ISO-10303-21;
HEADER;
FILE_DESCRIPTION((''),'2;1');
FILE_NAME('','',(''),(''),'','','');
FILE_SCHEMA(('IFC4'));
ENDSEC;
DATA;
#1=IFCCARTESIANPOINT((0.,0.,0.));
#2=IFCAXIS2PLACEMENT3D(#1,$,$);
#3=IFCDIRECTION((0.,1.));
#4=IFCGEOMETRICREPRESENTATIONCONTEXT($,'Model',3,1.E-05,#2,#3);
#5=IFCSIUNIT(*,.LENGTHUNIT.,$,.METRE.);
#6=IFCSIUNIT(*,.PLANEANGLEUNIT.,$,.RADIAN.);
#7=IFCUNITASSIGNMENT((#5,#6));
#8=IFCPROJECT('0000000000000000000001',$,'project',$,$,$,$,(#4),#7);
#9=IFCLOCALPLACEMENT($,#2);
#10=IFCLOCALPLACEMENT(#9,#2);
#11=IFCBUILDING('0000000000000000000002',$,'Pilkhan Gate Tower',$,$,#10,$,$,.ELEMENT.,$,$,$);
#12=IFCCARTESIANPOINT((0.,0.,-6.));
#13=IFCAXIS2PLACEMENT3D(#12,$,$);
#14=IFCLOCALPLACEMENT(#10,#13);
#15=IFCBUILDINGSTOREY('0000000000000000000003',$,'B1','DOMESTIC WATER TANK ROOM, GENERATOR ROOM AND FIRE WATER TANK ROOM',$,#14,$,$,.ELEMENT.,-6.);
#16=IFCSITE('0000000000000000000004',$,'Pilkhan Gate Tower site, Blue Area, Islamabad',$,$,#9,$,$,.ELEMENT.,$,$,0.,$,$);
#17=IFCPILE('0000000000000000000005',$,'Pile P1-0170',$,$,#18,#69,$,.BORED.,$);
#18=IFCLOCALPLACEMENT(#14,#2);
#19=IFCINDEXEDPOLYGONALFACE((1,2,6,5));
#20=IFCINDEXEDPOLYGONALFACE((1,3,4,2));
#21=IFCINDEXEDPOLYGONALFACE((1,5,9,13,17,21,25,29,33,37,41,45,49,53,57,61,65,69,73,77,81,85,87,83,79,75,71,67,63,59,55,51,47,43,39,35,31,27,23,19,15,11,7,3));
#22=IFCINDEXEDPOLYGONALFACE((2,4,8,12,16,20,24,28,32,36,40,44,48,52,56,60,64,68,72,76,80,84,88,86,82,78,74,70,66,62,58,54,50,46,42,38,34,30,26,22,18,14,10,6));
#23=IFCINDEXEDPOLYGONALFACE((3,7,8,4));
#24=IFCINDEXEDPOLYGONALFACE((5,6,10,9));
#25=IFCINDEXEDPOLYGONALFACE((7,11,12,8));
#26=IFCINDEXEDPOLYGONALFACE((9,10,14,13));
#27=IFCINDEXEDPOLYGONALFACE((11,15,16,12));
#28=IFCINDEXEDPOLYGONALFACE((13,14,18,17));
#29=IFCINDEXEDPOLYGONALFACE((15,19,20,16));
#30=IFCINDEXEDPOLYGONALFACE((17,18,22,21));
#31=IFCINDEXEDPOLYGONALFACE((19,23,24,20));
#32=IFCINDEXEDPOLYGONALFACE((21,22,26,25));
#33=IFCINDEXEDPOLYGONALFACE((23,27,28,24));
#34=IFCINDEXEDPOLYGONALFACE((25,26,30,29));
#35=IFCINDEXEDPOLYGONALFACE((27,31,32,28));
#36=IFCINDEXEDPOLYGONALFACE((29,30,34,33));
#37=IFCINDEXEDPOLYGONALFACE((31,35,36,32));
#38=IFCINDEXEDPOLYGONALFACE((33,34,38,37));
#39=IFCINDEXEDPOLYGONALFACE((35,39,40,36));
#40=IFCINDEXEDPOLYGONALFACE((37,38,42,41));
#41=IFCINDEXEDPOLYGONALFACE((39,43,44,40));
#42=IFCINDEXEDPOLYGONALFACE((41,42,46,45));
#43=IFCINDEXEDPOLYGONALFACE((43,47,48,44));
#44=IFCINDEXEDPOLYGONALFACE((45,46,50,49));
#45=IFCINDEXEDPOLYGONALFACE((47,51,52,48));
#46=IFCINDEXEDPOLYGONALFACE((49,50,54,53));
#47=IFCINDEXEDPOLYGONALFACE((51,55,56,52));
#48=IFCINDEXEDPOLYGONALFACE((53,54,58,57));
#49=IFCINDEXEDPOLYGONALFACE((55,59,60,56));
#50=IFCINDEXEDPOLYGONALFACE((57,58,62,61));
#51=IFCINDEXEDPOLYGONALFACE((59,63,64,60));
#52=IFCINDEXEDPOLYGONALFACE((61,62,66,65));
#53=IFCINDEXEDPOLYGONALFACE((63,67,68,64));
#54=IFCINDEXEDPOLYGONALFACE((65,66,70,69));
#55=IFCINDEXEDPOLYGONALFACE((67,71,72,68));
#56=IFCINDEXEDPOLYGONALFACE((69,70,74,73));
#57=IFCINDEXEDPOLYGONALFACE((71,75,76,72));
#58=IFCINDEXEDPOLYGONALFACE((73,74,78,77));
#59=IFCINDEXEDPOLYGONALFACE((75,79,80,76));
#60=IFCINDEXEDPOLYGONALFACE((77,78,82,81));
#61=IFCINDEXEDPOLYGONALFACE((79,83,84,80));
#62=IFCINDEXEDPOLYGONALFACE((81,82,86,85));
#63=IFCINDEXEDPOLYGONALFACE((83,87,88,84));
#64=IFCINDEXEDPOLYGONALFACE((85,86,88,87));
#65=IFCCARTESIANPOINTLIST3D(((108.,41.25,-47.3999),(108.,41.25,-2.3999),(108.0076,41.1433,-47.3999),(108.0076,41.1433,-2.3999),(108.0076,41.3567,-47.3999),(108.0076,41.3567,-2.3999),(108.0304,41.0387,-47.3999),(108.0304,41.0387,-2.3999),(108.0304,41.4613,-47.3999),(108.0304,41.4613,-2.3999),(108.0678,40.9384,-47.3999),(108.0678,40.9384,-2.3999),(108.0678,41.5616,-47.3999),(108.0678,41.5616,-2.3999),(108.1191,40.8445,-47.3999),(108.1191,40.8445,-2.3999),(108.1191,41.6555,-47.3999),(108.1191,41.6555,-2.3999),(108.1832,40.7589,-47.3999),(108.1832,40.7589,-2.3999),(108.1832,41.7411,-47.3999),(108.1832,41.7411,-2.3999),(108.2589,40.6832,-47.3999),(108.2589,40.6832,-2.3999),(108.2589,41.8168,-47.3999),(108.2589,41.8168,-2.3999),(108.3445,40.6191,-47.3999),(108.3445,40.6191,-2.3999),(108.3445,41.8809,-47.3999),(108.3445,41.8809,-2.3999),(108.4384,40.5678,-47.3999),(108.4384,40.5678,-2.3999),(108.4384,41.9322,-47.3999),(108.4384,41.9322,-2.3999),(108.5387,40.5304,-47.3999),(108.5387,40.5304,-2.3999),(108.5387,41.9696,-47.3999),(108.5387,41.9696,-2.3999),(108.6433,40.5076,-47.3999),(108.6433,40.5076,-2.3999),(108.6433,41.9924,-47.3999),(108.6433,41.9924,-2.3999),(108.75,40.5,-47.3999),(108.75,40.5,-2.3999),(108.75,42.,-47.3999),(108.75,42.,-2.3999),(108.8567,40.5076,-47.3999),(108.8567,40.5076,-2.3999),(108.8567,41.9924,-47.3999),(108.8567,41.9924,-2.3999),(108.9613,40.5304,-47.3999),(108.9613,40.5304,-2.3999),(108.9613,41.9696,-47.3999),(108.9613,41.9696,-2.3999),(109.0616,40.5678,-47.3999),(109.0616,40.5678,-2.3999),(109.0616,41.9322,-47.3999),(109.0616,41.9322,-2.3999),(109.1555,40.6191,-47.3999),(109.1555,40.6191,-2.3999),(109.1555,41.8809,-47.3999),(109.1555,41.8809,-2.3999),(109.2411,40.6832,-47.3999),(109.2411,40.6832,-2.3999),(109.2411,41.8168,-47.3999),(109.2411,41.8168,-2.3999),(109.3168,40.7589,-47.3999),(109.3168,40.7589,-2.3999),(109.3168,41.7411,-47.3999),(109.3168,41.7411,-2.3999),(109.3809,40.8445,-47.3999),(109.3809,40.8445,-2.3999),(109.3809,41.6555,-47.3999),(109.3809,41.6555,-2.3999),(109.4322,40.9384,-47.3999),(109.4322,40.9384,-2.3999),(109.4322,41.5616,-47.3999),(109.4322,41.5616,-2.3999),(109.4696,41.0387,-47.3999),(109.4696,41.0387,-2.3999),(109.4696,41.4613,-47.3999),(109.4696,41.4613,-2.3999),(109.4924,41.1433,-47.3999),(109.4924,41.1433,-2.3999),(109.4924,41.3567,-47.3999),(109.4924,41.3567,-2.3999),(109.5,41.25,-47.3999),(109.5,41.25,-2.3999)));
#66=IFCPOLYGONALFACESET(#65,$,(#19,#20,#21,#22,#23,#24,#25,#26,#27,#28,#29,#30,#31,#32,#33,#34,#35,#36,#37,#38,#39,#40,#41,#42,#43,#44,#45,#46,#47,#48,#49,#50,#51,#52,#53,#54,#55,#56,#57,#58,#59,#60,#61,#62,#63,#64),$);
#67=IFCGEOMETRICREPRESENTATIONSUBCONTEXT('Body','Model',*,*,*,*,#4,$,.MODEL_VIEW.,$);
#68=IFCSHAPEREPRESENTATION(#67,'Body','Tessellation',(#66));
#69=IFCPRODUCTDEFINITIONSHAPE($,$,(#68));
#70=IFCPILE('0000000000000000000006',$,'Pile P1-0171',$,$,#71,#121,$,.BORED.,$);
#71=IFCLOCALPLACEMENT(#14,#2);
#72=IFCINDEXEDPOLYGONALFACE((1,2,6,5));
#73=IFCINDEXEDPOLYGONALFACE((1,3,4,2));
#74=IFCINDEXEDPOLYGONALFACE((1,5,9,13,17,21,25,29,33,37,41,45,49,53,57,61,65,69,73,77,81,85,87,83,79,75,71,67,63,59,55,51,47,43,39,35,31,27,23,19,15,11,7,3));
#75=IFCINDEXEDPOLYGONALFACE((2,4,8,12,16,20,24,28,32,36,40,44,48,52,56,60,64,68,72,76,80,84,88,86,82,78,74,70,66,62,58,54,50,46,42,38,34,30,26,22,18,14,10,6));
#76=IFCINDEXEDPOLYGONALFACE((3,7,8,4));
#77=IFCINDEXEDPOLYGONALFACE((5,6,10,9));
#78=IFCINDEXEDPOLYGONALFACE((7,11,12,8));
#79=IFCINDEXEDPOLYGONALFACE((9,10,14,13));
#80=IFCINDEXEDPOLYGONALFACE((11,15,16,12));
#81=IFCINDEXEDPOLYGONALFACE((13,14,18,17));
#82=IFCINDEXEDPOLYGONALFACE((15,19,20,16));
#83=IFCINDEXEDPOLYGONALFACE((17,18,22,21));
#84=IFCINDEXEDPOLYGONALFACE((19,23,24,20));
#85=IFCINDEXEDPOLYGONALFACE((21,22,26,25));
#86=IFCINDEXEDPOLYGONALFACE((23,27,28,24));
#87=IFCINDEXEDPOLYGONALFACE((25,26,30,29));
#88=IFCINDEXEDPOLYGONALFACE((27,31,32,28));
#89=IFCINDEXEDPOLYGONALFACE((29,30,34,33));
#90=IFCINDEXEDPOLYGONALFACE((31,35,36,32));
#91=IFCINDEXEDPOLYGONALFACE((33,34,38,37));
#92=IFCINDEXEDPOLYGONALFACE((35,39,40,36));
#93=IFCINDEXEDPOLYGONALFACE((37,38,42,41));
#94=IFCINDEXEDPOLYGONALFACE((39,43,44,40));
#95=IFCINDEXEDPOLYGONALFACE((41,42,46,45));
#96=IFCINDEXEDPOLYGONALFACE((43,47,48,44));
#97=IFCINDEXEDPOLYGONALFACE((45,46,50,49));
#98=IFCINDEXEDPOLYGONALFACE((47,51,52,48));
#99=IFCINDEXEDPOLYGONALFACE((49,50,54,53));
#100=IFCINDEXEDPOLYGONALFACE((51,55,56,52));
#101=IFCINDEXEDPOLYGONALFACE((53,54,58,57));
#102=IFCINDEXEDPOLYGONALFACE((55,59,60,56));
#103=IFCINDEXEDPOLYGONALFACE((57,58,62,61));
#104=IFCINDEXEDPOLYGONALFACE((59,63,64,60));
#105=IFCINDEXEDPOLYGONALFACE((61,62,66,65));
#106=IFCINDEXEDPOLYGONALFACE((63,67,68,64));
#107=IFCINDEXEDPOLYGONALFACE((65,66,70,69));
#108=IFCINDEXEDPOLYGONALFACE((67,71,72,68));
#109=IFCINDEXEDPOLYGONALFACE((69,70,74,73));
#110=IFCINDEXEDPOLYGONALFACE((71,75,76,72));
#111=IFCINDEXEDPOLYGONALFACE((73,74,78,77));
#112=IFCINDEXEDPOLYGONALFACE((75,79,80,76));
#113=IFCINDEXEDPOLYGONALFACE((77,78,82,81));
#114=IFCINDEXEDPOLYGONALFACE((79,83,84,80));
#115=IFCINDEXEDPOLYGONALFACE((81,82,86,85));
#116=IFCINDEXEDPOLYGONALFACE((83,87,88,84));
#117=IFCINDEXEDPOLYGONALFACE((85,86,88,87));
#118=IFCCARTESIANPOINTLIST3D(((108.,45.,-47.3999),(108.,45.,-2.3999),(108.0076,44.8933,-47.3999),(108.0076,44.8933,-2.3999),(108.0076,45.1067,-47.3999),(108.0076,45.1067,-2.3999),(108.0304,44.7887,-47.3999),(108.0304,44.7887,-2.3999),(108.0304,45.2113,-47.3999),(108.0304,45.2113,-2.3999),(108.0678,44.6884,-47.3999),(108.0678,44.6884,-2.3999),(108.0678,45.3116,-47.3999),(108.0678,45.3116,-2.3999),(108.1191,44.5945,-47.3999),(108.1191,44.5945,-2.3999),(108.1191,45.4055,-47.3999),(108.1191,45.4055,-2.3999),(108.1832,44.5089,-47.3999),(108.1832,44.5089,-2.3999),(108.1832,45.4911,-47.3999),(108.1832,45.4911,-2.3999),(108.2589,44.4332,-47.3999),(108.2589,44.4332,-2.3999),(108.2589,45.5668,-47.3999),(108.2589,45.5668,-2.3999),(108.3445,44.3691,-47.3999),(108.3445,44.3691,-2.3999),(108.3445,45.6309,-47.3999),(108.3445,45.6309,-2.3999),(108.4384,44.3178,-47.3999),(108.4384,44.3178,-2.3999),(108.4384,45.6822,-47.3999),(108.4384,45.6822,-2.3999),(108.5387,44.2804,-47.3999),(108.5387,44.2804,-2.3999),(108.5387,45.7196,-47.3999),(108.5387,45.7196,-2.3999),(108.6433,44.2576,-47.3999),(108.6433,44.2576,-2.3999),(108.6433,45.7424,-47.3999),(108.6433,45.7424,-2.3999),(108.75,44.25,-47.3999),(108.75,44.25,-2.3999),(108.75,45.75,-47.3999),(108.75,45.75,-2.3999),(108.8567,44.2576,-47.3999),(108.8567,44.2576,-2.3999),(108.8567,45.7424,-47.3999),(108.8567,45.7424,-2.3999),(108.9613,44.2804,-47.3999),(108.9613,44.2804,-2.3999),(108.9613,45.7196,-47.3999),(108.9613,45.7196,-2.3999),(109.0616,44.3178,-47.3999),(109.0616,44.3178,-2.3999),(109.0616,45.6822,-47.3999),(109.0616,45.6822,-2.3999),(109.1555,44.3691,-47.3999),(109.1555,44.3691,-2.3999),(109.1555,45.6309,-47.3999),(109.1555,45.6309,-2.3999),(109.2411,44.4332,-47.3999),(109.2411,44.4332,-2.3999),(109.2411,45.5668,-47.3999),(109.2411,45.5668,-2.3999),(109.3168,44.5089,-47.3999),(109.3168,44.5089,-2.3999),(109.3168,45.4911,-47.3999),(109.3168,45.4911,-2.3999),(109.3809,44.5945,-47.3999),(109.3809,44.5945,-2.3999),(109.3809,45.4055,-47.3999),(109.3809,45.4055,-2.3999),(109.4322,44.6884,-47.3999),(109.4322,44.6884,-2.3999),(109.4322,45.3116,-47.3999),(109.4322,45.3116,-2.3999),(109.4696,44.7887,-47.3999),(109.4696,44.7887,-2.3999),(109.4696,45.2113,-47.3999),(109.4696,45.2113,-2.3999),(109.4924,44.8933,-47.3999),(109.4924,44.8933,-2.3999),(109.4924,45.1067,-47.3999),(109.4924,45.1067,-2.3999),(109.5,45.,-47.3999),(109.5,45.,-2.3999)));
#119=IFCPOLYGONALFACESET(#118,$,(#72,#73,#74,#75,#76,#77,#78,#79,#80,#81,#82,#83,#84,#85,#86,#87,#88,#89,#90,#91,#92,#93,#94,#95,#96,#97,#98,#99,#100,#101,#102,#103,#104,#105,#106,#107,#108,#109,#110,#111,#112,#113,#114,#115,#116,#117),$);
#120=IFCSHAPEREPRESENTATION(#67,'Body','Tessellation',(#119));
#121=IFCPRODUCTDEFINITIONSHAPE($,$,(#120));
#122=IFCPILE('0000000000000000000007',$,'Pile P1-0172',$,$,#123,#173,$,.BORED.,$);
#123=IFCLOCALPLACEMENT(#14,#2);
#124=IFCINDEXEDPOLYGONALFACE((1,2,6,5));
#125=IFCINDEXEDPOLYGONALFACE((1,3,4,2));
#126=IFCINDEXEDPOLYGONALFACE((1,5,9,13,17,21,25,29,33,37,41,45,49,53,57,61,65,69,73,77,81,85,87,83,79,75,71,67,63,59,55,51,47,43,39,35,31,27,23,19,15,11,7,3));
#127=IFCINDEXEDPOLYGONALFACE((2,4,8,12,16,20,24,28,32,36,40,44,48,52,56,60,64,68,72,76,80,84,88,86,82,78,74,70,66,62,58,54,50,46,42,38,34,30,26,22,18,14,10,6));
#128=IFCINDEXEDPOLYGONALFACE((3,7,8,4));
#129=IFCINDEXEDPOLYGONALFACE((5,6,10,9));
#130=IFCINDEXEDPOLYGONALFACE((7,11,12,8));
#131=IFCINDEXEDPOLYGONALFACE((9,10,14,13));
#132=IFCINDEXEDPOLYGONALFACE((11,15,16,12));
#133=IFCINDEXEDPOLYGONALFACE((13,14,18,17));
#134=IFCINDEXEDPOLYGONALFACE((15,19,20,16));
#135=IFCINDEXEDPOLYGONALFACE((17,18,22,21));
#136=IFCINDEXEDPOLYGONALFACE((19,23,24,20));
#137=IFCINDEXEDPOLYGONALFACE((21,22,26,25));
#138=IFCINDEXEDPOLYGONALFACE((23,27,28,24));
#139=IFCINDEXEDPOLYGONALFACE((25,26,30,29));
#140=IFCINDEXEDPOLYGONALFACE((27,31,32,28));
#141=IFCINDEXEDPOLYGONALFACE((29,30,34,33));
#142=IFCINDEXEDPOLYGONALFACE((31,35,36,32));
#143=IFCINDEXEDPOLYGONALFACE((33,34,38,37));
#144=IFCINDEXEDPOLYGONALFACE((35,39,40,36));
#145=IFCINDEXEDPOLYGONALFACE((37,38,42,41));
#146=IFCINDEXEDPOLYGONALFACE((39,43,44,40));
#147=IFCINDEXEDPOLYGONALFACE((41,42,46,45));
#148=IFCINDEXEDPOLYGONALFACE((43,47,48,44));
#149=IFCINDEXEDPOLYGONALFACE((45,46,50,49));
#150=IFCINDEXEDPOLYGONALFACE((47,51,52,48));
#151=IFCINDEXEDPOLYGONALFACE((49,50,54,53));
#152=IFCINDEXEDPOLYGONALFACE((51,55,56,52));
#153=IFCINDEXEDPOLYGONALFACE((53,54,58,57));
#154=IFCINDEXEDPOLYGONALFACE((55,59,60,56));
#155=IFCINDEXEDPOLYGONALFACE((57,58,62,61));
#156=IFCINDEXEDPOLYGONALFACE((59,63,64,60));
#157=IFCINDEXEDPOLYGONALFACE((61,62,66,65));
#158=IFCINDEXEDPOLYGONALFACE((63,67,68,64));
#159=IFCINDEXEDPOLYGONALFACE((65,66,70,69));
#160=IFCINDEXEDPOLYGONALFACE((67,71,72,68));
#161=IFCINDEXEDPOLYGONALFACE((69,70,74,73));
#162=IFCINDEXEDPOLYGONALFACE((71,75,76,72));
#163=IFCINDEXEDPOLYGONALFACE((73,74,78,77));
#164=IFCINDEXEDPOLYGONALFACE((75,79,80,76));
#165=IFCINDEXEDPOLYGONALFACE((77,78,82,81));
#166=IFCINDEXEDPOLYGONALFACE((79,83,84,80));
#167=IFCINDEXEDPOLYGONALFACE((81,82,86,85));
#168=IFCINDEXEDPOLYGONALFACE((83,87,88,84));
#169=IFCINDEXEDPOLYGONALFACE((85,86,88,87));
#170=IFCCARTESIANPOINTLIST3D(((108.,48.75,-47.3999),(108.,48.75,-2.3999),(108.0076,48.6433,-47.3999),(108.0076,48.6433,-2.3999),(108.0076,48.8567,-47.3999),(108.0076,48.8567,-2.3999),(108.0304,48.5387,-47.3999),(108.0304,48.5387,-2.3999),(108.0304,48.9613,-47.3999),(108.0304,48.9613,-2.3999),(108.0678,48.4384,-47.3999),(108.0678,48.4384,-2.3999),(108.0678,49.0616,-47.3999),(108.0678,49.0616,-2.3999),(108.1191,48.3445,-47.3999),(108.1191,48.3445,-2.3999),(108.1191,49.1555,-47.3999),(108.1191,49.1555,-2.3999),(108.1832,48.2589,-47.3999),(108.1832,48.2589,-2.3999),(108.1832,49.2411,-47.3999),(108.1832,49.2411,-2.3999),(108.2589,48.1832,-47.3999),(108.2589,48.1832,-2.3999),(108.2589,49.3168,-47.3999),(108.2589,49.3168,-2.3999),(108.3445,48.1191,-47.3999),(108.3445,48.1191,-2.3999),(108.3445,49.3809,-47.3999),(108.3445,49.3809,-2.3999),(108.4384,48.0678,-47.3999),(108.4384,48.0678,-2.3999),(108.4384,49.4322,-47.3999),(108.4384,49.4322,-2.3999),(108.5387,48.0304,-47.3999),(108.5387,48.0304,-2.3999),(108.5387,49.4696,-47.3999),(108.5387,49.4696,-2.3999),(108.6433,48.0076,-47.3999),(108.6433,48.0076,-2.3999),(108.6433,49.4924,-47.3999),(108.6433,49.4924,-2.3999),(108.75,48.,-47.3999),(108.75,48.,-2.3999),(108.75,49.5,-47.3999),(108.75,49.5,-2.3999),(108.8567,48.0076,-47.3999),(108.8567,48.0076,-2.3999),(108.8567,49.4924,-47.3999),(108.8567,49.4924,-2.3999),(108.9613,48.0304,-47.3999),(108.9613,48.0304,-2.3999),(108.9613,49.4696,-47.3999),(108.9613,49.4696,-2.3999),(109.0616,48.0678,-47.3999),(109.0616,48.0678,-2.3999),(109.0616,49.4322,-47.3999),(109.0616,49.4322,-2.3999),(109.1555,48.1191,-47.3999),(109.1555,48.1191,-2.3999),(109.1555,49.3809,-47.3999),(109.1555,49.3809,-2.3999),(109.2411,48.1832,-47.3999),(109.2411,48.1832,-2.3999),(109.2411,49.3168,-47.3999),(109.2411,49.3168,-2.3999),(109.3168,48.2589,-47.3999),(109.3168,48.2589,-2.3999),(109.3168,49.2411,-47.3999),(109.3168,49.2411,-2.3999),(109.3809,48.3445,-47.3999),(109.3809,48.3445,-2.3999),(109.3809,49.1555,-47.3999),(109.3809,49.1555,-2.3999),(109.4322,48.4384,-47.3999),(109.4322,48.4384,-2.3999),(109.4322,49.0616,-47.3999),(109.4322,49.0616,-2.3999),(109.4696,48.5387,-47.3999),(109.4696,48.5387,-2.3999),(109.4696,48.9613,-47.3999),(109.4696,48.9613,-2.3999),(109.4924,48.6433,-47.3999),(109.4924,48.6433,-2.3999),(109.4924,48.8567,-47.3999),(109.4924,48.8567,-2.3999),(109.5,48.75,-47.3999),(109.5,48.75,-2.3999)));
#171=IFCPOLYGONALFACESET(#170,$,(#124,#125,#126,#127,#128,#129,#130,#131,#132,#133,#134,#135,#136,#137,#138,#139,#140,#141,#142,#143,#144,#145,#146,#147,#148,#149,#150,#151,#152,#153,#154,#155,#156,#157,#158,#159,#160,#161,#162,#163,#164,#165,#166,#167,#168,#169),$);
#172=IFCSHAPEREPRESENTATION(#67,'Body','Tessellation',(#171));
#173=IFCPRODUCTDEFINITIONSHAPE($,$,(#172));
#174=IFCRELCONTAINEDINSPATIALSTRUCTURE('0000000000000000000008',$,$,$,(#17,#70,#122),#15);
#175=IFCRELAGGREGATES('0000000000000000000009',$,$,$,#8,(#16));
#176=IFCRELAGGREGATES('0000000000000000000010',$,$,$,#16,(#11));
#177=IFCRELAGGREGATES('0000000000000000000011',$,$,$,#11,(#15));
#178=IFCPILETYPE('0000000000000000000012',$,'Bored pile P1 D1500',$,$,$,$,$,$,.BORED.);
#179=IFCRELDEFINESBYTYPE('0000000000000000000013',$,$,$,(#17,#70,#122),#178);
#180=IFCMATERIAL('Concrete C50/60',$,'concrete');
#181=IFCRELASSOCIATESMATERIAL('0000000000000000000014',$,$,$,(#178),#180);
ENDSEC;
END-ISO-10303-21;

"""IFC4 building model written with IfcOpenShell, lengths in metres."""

from ifc_helpers import new_model, si_unit, direction, frame, origin, origin_2d, place, context, subcontext, project, spatial, circle, extrude, material, material_profile, profile_set, type_object, element, save


model = new_model("IFC4")

# Units and contexts
model_context = context("Model", 3, precision=1e-05, world=origin(), true_north=direction((0.0, 1.0)))
body_context = subcontext(model_context, "Body", "Model", "MODEL_VIEW")
ifc_project = project(units=[si_unit("LENGTHUNIT", "METRE"), si_unit("PLANEANGLEUNIT", "RADIAN")], contexts=[model_context])

# Site, building, storey
site_placement = place(None, origin())
site = spatial("IfcSite", under=ifc_project, at=site_placement, Name="Pilkhan Gate Tower site, Blue Area, Islamabad", CompositionType="ELEMENT", RefElevation=0.0)
building_placement = place(site_placement, origin())
building = spatial("IfcBuilding", under=site, at=building_placement, Name="Pilkhan Gate Tower", CompositionType="ELEMENT")
storey_placement = place(building_placement, frame((0.0, 0.0, -6.0)))
storey = spatial("IfcBuildingStorey", under=building, at=storey_placement, Name="B1", Description="DOMESTIC WATER TANK ROOM, GENERATOR ROOM AND FIRE WATER TANK ROOM", CompositionType="ELEMENT", Elevation=-6.0)

# Piles
ifc_material_1 = material(Name="Concrete C50/60", Category="concrete")
ifc_material_profile_1 = material_profile(ifc_material_1, circle(Radius=0.75, at=origin_2d()), Name="Bored pile 1500 dia")
ifc_profile_set_1 = profile_set([ifc_material_profile_1], Name="Concrete C50/60")
pile_type = type_object("IfcPileType", Name="Bored pile P1 D1500", PredefinedType="BORED", material=ifc_profile_set_1)
for number, where, z_axis, x_axis, name in (
    (1, (108.75, 41.25, -2.3999), (0.0, 0.0, -1.0), (1.0, 0.0, 0.0), "Pile P1-0170"),
    (2, (108.75, 45.0, -2.3999), (0.0, 0.0, -1.0), (1.0, 0.0, 0.0), "Pile P1-0171"),
    (3, (108.75, 48.75, -2.3999), (0.0, 0.0, -1.0), (1.0, 0.0, 0.0), "Pile P1-0172"),
):
    element("IfcPile", number, at=place(storey_placement, frame(where, z_axis=z_axis, x_axis=x_axis)), inside=storey, type_object=pile_type, Name=name, PredefinedType="BORED", context=body_context, shape_type="SweptSolid", body=[
        extrude(circle(Radius=0.75, at=origin_2d()), origin(), (0.0, 0.0, 1.0), 45.0),
    ])

save(model, "model.ifc")
